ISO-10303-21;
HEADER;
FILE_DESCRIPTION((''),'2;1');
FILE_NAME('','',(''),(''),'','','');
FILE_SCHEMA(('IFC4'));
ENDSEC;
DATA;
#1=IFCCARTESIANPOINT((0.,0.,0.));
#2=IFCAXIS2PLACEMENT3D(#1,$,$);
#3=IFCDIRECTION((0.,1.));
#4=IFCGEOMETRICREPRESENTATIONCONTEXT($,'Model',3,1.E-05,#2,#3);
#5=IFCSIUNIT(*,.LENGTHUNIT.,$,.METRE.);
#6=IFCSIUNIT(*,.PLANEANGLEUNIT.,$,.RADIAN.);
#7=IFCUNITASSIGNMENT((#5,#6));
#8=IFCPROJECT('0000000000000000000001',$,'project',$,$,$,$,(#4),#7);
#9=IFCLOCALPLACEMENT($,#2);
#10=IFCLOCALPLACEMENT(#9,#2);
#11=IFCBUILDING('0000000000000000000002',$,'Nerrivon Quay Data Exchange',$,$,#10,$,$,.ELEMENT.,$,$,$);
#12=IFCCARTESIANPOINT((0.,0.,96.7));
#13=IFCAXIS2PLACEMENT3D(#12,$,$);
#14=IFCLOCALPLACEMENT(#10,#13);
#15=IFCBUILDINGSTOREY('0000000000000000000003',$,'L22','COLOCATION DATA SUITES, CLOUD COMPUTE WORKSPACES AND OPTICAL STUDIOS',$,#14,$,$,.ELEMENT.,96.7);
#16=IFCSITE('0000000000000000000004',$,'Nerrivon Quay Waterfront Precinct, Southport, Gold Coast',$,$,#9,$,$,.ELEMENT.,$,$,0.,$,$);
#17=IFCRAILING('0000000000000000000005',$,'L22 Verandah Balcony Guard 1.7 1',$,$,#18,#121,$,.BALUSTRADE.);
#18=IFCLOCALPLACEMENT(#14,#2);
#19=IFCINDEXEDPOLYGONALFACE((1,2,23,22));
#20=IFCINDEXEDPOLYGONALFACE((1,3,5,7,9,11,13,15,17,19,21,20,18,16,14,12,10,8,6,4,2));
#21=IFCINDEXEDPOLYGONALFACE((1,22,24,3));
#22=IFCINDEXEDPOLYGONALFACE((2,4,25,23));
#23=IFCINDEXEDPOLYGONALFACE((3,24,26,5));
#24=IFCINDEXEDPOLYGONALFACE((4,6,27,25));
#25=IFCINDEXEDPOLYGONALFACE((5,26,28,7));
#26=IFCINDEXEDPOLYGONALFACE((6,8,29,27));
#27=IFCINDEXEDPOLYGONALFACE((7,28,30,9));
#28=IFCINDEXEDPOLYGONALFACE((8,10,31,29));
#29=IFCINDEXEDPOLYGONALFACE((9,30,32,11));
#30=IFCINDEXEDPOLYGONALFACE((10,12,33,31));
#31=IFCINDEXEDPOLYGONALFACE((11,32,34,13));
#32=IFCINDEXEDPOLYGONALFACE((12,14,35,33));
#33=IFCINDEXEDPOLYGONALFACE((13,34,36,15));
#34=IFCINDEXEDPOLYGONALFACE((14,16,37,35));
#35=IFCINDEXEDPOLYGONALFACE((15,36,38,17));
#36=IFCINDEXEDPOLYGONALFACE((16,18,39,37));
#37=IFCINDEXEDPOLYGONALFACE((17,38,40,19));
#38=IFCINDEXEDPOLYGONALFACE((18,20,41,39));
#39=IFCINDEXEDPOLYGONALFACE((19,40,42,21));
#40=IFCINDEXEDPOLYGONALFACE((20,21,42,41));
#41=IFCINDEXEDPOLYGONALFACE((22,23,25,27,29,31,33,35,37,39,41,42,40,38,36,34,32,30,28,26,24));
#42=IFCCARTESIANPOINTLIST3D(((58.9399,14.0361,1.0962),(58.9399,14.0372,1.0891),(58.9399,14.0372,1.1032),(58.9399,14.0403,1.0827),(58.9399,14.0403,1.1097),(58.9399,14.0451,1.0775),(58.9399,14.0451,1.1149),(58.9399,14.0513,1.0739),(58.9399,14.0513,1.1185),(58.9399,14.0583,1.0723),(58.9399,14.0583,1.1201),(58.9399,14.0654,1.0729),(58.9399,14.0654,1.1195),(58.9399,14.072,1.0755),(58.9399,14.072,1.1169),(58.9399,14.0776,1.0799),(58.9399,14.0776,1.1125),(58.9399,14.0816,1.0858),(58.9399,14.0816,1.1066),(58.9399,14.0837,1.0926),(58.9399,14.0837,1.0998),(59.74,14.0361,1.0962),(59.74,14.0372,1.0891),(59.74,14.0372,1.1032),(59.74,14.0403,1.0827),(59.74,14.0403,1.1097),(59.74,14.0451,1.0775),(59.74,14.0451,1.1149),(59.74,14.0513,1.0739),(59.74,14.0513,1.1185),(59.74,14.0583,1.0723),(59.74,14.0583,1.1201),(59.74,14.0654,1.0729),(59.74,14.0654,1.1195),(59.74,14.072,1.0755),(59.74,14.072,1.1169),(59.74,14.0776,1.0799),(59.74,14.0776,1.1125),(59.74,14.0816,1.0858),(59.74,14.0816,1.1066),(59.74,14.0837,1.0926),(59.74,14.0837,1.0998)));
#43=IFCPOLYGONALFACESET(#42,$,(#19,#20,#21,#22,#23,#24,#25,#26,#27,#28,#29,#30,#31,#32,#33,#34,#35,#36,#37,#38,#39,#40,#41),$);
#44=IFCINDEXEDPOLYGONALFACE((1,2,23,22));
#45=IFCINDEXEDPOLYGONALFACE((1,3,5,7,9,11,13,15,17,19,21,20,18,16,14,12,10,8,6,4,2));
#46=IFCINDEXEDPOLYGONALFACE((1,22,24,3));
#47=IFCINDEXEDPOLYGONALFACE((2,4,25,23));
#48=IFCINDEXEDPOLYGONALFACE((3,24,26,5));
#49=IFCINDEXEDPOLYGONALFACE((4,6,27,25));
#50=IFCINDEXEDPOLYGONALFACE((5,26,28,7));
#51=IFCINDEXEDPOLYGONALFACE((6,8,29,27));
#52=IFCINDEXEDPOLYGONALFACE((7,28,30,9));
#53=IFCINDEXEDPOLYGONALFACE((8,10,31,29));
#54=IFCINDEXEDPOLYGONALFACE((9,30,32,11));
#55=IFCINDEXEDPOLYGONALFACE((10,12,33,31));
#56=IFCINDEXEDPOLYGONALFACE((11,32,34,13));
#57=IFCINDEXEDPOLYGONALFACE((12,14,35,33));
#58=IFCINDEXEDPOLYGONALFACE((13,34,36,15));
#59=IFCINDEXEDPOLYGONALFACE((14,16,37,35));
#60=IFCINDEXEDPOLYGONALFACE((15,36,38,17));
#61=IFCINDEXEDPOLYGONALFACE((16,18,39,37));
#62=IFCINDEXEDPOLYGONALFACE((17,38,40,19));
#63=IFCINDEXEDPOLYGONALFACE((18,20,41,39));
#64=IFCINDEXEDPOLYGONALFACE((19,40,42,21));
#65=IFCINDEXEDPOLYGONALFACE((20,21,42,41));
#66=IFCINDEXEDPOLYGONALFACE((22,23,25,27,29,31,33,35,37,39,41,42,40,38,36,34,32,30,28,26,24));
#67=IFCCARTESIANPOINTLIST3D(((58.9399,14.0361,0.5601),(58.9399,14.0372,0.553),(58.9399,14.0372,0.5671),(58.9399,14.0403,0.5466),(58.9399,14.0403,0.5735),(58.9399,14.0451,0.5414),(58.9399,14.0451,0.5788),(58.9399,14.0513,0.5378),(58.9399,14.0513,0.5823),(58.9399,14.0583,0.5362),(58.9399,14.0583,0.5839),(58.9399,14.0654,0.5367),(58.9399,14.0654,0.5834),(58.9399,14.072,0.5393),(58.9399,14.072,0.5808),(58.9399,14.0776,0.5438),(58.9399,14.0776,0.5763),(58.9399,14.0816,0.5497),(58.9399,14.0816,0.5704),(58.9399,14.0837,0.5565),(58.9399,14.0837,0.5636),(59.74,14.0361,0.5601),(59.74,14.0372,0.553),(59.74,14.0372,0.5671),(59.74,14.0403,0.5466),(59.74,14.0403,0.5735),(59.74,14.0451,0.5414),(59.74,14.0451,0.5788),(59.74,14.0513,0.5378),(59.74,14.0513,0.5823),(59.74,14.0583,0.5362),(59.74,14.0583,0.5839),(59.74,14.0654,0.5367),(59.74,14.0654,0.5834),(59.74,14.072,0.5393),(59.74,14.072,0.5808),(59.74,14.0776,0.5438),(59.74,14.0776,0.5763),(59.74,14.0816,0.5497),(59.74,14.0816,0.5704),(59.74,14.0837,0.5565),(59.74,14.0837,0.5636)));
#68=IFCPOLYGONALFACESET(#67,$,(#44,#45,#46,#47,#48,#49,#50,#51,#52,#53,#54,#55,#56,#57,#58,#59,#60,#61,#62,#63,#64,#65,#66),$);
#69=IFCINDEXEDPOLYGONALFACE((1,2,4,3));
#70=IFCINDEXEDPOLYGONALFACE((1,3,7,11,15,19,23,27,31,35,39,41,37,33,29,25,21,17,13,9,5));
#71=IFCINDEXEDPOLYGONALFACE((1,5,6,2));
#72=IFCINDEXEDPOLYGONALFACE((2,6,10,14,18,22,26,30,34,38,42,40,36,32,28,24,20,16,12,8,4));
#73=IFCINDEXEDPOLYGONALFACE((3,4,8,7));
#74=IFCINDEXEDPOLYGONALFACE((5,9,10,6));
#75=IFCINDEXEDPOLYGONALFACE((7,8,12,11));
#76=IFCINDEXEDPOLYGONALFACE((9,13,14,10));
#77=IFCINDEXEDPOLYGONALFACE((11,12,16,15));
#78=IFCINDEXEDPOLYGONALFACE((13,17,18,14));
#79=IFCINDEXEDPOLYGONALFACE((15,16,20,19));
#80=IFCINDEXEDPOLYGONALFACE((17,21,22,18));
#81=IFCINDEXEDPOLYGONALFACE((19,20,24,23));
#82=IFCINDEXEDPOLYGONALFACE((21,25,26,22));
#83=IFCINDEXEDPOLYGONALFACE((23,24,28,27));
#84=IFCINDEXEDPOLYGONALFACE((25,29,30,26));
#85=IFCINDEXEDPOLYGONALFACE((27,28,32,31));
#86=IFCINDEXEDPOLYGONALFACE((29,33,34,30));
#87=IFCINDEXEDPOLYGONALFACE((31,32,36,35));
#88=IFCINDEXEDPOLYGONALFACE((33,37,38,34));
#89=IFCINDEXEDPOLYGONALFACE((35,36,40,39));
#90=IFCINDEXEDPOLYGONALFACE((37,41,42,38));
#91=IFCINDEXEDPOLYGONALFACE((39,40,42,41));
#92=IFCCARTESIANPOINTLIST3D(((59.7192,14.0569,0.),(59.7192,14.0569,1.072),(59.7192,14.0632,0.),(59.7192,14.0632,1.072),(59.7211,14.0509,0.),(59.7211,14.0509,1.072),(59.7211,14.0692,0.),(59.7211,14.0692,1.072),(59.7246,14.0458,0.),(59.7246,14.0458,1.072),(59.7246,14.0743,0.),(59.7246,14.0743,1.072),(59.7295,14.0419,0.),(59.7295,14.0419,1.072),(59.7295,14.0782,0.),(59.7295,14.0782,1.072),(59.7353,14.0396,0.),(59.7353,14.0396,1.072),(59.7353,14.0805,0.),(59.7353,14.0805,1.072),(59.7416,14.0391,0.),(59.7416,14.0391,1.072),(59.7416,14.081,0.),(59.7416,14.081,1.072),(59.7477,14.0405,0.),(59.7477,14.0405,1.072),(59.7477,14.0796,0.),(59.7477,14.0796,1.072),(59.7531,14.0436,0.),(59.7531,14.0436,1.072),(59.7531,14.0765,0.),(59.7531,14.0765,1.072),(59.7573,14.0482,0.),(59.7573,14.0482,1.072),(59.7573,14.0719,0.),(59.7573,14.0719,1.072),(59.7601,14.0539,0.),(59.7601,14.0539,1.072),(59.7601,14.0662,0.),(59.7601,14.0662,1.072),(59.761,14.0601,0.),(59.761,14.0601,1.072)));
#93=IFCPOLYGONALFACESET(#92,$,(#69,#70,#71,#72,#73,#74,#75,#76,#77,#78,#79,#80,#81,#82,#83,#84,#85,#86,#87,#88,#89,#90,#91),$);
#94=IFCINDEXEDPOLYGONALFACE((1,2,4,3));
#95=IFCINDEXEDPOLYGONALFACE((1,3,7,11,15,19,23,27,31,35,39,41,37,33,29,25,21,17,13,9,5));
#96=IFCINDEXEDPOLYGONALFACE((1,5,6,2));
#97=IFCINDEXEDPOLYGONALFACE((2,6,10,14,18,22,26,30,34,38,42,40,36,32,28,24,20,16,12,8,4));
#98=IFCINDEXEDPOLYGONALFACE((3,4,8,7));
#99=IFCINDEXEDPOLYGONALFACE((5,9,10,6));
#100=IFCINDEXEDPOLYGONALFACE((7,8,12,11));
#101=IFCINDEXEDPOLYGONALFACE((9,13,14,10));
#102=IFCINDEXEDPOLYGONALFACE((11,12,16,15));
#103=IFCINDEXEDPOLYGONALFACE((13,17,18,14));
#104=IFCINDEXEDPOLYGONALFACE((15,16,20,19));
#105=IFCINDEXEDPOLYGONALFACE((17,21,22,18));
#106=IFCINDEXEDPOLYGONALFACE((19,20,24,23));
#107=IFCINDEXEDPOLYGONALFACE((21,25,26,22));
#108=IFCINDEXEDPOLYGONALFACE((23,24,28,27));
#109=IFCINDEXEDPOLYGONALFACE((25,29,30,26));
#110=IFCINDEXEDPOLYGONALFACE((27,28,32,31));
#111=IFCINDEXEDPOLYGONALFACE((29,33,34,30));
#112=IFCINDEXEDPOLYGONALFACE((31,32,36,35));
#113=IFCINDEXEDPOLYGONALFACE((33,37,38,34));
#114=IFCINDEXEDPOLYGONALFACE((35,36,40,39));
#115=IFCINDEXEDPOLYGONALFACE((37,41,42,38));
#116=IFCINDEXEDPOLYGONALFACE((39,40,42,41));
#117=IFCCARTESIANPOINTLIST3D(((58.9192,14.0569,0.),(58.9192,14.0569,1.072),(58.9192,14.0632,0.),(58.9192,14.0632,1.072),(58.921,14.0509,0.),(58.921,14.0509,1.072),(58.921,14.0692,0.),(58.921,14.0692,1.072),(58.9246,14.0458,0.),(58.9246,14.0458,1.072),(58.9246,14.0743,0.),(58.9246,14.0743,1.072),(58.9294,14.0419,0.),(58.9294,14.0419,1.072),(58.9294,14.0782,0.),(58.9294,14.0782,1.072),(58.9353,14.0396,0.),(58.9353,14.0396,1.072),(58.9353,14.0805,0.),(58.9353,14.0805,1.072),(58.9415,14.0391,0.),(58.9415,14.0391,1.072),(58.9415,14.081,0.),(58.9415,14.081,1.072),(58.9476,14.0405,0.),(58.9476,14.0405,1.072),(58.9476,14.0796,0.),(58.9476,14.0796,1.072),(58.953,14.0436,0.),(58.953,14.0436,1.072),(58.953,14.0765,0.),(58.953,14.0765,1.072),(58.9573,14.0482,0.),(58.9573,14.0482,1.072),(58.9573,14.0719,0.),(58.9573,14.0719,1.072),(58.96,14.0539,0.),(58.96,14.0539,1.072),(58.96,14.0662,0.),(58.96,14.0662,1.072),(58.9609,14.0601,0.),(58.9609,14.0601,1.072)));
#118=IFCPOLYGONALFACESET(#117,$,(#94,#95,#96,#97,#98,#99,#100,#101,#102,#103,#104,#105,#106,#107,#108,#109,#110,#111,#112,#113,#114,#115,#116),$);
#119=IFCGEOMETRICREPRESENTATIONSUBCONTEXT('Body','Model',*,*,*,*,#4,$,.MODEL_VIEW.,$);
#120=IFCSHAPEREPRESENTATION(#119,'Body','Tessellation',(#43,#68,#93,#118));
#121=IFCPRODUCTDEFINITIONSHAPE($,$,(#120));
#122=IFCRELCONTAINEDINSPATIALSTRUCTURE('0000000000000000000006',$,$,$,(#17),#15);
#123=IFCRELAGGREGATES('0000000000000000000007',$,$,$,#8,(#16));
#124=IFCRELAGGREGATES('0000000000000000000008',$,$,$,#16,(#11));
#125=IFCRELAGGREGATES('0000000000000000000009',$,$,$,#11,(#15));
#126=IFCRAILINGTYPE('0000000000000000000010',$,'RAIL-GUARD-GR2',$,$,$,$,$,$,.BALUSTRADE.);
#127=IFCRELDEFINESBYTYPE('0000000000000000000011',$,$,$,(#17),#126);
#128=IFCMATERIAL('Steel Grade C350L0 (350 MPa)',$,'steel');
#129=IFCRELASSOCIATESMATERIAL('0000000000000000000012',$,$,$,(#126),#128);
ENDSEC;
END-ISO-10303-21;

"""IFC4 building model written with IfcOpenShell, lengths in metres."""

from ifc_helpers import new_model, si_unit, direction, frame, origin, origin_2d, place, context, subcontext, project, spatial, circle, extrude, material, type_object, element, save


model = new_model("IFC4")

# Units and contexts
model_context = context("Model", 3, precision=1e-05, world=origin(), true_north=direction((0.0, 1.0)))
body_context = subcontext(model_context, "Body", "Model", "MODEL_VIEW")
ifc_project = project(units=[si_unit("LENGTHUNIT", "METRE"), si_unit("PLANEANGLEUNIT", "RADIAN")], contexts=[model_context])

# Site, building, storey
site_placement = place(None, origin())
site = spatial("IfcSite", under=ifc_project, at=site_placement, Name="Nerrivon Quay Waterfront Precinct, Southport, Gold Coast", CompositionType="ELEMENT", RefElevation=0.0)
building_placement = place(site_placement, origin())
building = spatial("IfcBuilding", under=site, at=building_placement, Name="Nerrivon Quay Data Exchange", CompositionType="ELEMENT")
storey_placement = place(building_placement, frame((0.0, 0.0, 96.7)))
storey = spatial("IfcBuildingStorey", under=building, at=storey_placement, Name="L22", Description="COLOCATION DATA SUITES, CLOUD COMPUTE WORKSPACES AND OPTICAL STUDIOS", CompositionType="ELEMENT", Elevation=96.7)

# Railing
ifc_material_1 = material(Name="Steel Grade C350L0 (350 MPa)", Category="steel")
railing_type = type_object("IfcRailingType", Name="RAIL-GUARD-GR2", PredefinedType="BALUSTRADE", material=ifc_material_1)
railing_1_placement = place(storey_placement, frame((59.74, 14.0601, 0.0)))
element("IfcRailing", 1, at=railing_1_placement, inside=storey, type_object=railing_type, Name="L22 Verandah Balcony Guard 1.7 1", PredefinedType="BALUSTRADE", context=body_context, shape_type="SweptSolid", body=[
    extrude(circle(Radius=0.0239, at=origin_2d()), frame((0.0, 0.0, 1.0962), z_axis=(-1.0, 0.0, 0.0), x_axis=(0.0, -1.0, 0.0)), (0.0, 0.0, 1.0), 0.8),
    extrude(circle(Radius=0.0239, at=origin_2d()), frame((0.0, 0.0, 0.5601), z_axis=(-1.0, 0.0, 0.0), x_axis=(0.0, -1.0, 0.0)), (0.0, 0.0, 1.0), 0.8),
    extrude(circle(Radius=0.021, at=origin_2d()), origin(), (0.0, 0.0, 1.0), 1.072),
    extrude(circle(Radius=0.021, at=origin_2d()), frame((-0.8, 0.0, 0.0)), (0.0, 0.0, 1.0), 1.072),
])

save(model, "model.ifc")
